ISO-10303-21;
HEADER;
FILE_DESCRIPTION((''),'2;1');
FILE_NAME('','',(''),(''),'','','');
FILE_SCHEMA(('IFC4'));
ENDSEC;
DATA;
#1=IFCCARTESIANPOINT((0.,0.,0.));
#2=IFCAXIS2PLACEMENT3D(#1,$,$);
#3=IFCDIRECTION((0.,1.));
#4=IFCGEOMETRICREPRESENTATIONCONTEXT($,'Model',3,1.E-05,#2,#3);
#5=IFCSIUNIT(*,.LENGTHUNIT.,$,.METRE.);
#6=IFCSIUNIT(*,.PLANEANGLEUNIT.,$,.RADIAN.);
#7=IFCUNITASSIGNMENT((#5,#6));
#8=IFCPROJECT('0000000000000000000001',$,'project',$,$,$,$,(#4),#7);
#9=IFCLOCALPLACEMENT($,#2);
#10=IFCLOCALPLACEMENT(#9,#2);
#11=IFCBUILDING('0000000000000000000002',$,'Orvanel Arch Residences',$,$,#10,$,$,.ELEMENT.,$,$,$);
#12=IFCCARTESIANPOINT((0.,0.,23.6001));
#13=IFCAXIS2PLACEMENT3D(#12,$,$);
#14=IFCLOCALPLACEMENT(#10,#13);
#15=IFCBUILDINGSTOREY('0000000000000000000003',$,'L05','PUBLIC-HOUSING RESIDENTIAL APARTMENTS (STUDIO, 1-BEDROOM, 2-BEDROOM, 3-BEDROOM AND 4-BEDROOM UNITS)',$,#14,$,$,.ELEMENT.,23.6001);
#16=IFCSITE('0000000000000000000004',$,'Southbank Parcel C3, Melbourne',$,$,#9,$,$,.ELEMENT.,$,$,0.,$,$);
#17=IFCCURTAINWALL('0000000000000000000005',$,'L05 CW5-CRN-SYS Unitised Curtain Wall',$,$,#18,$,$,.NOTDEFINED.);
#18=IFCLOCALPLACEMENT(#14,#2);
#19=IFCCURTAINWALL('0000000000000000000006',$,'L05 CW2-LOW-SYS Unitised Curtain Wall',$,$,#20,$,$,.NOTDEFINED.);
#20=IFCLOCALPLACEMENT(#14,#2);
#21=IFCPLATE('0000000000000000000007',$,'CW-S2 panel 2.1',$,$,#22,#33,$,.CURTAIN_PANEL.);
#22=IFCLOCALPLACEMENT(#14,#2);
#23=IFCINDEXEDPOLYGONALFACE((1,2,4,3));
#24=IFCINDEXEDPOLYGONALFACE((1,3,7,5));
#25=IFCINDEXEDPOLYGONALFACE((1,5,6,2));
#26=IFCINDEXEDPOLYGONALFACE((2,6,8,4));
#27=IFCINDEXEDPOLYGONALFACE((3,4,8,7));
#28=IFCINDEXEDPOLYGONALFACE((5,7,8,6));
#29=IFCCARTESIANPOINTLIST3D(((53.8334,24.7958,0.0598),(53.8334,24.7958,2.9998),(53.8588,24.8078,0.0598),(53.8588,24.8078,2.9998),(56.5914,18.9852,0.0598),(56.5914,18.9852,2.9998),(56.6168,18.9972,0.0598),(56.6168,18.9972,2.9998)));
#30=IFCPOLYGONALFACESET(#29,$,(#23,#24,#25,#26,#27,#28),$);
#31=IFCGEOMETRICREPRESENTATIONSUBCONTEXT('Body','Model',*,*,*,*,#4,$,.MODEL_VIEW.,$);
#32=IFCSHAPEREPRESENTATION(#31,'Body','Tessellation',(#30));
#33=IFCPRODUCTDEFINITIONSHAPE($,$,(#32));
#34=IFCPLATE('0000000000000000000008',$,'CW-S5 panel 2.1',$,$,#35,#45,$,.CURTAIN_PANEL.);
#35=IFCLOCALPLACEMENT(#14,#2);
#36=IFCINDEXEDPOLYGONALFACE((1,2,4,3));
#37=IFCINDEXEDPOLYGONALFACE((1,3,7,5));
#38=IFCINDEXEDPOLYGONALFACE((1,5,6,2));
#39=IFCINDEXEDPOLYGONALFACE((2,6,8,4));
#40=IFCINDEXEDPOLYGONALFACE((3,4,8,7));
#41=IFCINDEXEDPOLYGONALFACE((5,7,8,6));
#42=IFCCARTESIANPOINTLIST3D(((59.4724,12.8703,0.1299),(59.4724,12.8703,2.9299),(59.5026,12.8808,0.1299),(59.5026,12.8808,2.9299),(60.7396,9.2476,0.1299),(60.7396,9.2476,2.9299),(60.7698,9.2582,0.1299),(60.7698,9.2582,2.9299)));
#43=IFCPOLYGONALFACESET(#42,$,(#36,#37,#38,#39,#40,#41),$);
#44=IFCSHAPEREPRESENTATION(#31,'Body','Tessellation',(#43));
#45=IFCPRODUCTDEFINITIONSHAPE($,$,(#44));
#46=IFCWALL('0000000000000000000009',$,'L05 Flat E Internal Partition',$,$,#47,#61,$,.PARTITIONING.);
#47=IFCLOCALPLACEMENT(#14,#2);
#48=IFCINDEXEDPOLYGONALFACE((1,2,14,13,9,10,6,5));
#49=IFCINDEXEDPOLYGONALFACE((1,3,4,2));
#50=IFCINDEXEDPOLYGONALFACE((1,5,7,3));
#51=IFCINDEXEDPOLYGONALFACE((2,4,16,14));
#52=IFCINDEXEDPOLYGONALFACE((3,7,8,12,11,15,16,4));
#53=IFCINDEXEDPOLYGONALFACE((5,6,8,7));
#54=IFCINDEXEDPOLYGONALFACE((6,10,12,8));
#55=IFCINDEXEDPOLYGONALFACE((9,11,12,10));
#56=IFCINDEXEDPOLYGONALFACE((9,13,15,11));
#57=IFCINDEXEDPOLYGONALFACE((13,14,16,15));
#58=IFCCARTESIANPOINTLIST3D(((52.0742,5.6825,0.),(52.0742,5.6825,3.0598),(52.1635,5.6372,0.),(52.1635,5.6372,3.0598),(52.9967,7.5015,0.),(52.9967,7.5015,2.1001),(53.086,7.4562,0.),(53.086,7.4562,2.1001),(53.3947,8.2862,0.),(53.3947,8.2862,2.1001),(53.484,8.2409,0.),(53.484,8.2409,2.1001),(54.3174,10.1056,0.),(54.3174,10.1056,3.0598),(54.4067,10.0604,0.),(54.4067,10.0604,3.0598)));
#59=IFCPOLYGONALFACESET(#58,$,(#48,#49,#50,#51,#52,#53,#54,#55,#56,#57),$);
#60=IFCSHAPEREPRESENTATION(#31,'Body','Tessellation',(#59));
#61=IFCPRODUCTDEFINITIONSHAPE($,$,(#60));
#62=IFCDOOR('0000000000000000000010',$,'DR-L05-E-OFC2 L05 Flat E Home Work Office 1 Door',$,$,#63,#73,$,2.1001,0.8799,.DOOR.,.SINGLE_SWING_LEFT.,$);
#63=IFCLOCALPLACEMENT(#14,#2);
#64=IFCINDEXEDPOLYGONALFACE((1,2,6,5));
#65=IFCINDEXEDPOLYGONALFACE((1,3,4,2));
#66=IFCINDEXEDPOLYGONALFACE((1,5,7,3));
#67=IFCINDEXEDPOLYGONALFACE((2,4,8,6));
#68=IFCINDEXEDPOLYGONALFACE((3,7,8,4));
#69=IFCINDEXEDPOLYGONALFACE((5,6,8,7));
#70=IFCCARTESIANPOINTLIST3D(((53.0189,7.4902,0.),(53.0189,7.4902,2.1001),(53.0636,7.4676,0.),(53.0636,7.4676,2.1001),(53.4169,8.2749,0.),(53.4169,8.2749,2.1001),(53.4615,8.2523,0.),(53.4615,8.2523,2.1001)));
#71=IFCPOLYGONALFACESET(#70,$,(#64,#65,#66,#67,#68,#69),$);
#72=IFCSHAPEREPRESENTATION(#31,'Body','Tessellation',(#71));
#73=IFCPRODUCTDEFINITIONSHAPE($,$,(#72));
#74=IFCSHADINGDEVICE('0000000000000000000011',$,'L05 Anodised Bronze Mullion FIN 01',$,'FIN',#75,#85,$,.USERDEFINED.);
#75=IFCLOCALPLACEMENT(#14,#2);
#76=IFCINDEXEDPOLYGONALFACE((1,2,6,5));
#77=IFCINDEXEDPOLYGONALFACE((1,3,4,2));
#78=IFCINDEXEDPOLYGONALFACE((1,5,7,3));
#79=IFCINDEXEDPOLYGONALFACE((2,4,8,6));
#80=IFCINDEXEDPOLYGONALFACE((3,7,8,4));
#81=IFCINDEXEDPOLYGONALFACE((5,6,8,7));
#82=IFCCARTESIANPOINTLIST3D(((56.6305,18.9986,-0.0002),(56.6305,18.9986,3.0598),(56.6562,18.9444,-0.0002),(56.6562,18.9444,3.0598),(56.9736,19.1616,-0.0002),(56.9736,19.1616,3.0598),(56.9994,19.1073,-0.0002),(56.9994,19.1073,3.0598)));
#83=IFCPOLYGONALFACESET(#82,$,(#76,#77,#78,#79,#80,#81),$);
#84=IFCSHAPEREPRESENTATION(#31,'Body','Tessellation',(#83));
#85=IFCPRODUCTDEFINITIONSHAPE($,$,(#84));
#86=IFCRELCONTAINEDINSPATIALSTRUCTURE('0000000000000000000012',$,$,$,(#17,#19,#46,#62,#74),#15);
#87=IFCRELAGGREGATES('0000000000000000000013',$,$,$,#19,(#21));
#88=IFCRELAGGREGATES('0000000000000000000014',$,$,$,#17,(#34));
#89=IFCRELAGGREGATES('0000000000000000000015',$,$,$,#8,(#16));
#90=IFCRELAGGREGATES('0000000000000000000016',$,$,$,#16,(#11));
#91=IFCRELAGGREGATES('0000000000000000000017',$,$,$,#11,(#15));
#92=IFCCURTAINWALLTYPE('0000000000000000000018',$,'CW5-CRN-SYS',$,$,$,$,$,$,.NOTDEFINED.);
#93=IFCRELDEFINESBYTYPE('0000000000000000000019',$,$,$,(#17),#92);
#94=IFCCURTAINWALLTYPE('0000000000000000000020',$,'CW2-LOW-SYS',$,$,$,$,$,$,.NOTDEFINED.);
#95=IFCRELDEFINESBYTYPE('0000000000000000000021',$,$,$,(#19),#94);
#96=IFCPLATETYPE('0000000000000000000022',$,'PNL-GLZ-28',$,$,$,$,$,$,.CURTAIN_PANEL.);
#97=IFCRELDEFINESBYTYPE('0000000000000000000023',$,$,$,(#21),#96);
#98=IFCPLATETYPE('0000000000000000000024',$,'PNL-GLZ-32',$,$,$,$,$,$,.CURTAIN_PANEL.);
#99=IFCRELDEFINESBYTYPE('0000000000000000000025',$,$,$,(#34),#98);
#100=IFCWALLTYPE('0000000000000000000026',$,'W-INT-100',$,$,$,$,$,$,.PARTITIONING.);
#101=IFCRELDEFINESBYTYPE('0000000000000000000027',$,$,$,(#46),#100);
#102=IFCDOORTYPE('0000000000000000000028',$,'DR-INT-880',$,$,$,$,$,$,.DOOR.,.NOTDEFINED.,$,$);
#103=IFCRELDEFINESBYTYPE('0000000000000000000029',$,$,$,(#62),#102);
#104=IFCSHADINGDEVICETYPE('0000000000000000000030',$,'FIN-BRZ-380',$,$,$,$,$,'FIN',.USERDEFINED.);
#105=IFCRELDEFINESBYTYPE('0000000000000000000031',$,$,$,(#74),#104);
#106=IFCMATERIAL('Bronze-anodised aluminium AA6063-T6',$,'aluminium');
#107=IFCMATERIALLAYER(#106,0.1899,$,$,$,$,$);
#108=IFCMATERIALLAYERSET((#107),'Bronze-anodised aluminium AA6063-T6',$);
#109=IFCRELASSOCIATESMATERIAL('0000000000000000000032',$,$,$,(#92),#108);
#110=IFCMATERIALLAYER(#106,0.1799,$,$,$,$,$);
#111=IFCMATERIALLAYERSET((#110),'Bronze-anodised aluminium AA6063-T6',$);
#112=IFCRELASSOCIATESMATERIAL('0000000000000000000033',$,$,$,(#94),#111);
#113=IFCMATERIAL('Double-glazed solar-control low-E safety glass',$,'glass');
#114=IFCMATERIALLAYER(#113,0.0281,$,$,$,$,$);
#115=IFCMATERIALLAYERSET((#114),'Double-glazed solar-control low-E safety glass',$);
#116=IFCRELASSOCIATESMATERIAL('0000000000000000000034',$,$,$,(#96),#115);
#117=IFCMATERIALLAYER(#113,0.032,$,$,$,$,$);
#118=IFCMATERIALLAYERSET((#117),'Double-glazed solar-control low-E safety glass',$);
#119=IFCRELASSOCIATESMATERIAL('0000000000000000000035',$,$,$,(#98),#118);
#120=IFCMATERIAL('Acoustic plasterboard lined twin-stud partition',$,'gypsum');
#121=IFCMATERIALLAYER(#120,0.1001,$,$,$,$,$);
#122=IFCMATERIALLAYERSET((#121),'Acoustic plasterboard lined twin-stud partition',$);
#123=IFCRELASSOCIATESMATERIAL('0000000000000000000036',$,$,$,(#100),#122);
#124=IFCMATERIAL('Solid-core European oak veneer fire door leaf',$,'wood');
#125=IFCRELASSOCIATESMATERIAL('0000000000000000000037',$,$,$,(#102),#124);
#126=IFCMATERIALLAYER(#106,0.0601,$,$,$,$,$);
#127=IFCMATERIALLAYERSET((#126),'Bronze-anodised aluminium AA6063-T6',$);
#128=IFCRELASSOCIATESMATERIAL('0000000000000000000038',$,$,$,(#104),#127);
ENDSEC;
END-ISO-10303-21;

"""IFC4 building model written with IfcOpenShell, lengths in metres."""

from ifc_helpers import new_model, si_unit, direction, frame, frame_2d, origin, origin_2d, place, context, subcontext, project, spatial, rectangle, extrude, material, layer, layer_set, type_object, element, fill, aggregate, save


model = new_model("IFC4")

# Units and contexts
model_context = context("Model", 3, precision=1e-05, world=origin(), true_north=direction((0.0, 1.0)))
body_context = subcontext(model_context, "Body", "Model", "MODEL_VIEW")
ifc_project = project(units=[si_unit("LENGTHUNIT", "METRE"), si_unit("PLANEANGLEUNIT", "RADIAN")], contexts=[model_context])

# Site, building, storey
site_placement = place(None, origin())
site = spatial("IfcSite", under=ifc_project, at=site_placement, Name="Southbank Parcel C3, Melbourne", CompositionType="ELEMENT", RefElevation=0.0)
building_placement = place(site_placement, origin())
building = spatial("IfcBuilding", under=site, at=building_placement, Name="Orvanel Arch Residences", CompositionType="ELEMENT")
storey_placement = place(building_placement, frame((0.0, 0.0, 23.6001)))
storey = spatial("IfcBuildingStorey", under=building, at=storey_placement, Name="L05", Description="PUBLIC-HOUSING RESIDENTIAL APARTMENTS (STUDIO, 1-BEDROOM, 2-BEDROOM, 3-BEDROOM AND 4-BEDROOM UNITS)", CompositionType="ELEMENT", Elevation=23.6001)

# Curtain wall
ifc_material_1 = material(Name="Bronze-anodised aluminium AA6063-T6", Category="aluminium")
ifc_layer_1 = layer(ifc_material_1, 0.1899)
ifc_layer_set_1 = layer_set([ifc_layer_1], Name="Bronze-anodised aluminium AA6063-T6")
curtain_wall_type_1 = type_object("IfcCurtainWallType", Name="CW5-CRN-SYS", PredefinedType="NOTDEFINED", material=ifc_layer_set_1)
curtain_wall_1_placement = place(storey_placement, origin())
curtain_wall_1 = element("IfcCurtainWall", 1, at=curtain_wall_1_placement, inside=storey, type_object=curtain_wall_type_1, Name="L05 CW5-CRN-SYS Unitised Curtain Wall", PredefinedType="NOTDEFINED")

# Curtain wall
ifc_layer_2 = layer(ifc_material_1, 0.1799)
ifc_layer_set_2 = layer_set([ifc_layer_2], Name="Bronze-anodised aluminium AA6063-T6")
curtain_wall_type_2 = type_object("IfcCurtainWallType", Name="CW2-LOW-SYS", PredefinedType="NOTDEFINED", material=ifc_layer_set_2)
curtain_wall_2_placement = place(storey_placement, origin())
curtain_wall_2 = element("IfcCurtainWall", 2, at=curtain_wall_2_placement, inside=storey, type_object=curtain_wall_type_2, Name="L05 CW2-LOW-SYS Unitised Curtain Wall", PredefinedType="NOTDEFINED")

# Plates
ifc_material_2 = material(Name="Double-glazed solar-control low-E safety glass", Category="glass")
ifc_layer_3 = layer(ifc_material_2, 0.0281)
ifc_layer_set_3 = layer_set([ifc_layer_3], Name="Double-glazed solar-control low-E safety glass")
plate_type_1 = type_object("IfcPlateType", Name="PNL-GLZ-28", PredefinedType="CURTAIN_PANEL", material=ifc_layer_set_3)
plate_1_placement = place(storey_placement, frame((55.2251, 21.8965, 0.0598), z_axis=(0.0, 0.0, 1.0), x_axis=(-0.428793, 0.903403, 0.0)))
plate_1 = element("IfcPlate", 3, at=plate_1_placement, type_object=plate_type_1, Name="CW-S2 panel 2.1", PredefinedType="CURTAIN_PANEL", context=body_context, shape_type="SweptSolid", body=[
    extrude(rectangle(XDim=6.4319, YDim=0.0281, at=origin_2d()), origin(), (0.0, 0.0, 1.0), 2.9399),
])
aggregate(curtain_wall_2, [plate_1])
ifc_layer_4 = layer(ifc_material_2, 0.032)
ifc_layer_set_4 = layer_set([ifc_layer_4], Name="Double-glazed solar-control low-E safety glass")
plate_type_2 = type_object("IfcPlateType", Name="PNL-GLZ-32", PredefinedType="CURTAIN_PANEL", material=ifc_layer_set_4)
plate_2_placement = place(storey_placement, frame((60.1211, 11.0642, 0.1299), z_axis=(0.0, 0.0, 1.0), x_axis=(-0.330186, 0.943916, 0.0)))
plate_2 = element("IfcPlate", 4, at=plate_2_placement, type_object=plate_type_2, Name="CW-S5 panel 2.1", PredefinedType="CURTAIN_PANEL", context=body_context, shape_type="SweptSolid", body=[
    extrude(rectangle(XDim=3.8379, YDim=0.032, at=origin_2d()), origin(), (0.0, 0.0, 1.0), 2.8),
])
aggregate(curtain_wall_1, [plate_2])

# Wall, opening, door
ifc_material_3 = material(Name="Acoustic plasterboard lined twin-stud partition", Category="gypsum")
ifc_layer_5 = layer(ifc_material_3, 0.1001)
ifc_layer_set_5 = layer_set([ifc_layer_5], Name="Acoustic plasterboard lined twin-stud partition")
wall_type = type_object("IfcWallType", Name="W-INT-100", PredefinedType="PARTITIONING", material=ifc_layer_set_5)
wall_placement = place(storey_placement, frame((54.3621, 10.083, 0.0), z_axis=(0.0, 0.0, 1.0), x_axis=(-0.452306, -0.891863, 0.0)))
wall = element("IfcWall", 5, at=wall_placement, inside=storey, type_object=wall_type, Name="L05 Flat E Internal Partition", PredefinedType="PARTITIONING", context=body_context, shape_type="SweptSolid", body=[
    extrude(rectangle(XDim=4.9595, YDim=0.1001, at=frame_2d((2.4797, 0.0))), origin(), (0.0, 0.0, 1.0), 3.0598),
])
opening_placement = place(wall_placement, frame((2.04, 0.0, 0.0)))
opening = element("IfcOpeningElement", 6, at=opening_placement, cuts=wall, PredefinedType="OPENING", context=body_context, shape_type="SweptSolid", body=[
    extrude(rectangle(XDim=0.8799, YDim=2.1001, at=frame_2d((0.4399, 1.05))), frame((0.0, 0.0601, 0.0), z_axis=(0.0, -1.0, 0.0), x_axis=(1.0, 0.0, 0.0)), (0.0, 0.0, 1.0), 0.1201),
])
ifc_material_4 = material(Name="Solid-core European oak veneer fire door leaf", Category="wood")
door_type = type_object("IfcDoorType", Name="DR-INT-880", OperationType="NOTDEFINED", PredefinedType="DOOR", material=ifc_material_4)
door_placement = place(opening_placement, origin())
door = element("IfcDoor", 7, at=door_placement, inside=storey, type_object=door_type, Name="DR-L05-E-OFC2 L05 Flat E Home Work Office 1 Door", OperationType="SINGLE_SWING_LEFT", OverallHeight=2.1001, OverallWidth=0.8799, PredefinedType="DOOR", context=body_context, shape_type="SweptSolid", body=[
    extrude(rectangle(XDim=0.8799, YDim=2.1001, at=frame_2d((0.4399, 1.05))), frame((0.0, 0.0249, 0.0), z_axis=(0.0, -1.0, 0.0), x_axis=(1.0, 0.0, 0.0)), (0.0, 0.0, 1.0), 0.05),
])
fill(opening, door)

# Shading device
ifc_layer_6 = layer(ifc_material_1, 0.0601)
ifc_layer_set_6 = layer_set([ifc_layer_6], Name="Bronze-anodised aluminium AA6063-T6")
shading_device_type = type_object("IfcShadingDeviceType", Name="FIN-BRZ-380", ElementType="FIN", PredefinedType="USERDEFINED", material=ifc_layer_set_6)
shading_device_placement = place(storey_placement, frame((56.8149, 19.053, -0.0002), z_axis=(0.0, 0.0, 1.0), x_axis=(0.903335, 0.428935, 0.0)))
element("IfcShadingDevice", 8, at=shading_device_placement, inside=storey, type_object=shading_device_type, Name="L05 Anodised Bronze Mullion FIN 01", ObjectType="FIN", PredefinedType="USERDEFINED", context=body_context, shape_type="SweptSolid", body=[
    extrude(rectangle(XDim=0.3799, YDim=0.0601, at=origin_2d()), origin(), (0.0, 0.0, 1.0), 3.0601),
])

save(model, "model.ifc")
